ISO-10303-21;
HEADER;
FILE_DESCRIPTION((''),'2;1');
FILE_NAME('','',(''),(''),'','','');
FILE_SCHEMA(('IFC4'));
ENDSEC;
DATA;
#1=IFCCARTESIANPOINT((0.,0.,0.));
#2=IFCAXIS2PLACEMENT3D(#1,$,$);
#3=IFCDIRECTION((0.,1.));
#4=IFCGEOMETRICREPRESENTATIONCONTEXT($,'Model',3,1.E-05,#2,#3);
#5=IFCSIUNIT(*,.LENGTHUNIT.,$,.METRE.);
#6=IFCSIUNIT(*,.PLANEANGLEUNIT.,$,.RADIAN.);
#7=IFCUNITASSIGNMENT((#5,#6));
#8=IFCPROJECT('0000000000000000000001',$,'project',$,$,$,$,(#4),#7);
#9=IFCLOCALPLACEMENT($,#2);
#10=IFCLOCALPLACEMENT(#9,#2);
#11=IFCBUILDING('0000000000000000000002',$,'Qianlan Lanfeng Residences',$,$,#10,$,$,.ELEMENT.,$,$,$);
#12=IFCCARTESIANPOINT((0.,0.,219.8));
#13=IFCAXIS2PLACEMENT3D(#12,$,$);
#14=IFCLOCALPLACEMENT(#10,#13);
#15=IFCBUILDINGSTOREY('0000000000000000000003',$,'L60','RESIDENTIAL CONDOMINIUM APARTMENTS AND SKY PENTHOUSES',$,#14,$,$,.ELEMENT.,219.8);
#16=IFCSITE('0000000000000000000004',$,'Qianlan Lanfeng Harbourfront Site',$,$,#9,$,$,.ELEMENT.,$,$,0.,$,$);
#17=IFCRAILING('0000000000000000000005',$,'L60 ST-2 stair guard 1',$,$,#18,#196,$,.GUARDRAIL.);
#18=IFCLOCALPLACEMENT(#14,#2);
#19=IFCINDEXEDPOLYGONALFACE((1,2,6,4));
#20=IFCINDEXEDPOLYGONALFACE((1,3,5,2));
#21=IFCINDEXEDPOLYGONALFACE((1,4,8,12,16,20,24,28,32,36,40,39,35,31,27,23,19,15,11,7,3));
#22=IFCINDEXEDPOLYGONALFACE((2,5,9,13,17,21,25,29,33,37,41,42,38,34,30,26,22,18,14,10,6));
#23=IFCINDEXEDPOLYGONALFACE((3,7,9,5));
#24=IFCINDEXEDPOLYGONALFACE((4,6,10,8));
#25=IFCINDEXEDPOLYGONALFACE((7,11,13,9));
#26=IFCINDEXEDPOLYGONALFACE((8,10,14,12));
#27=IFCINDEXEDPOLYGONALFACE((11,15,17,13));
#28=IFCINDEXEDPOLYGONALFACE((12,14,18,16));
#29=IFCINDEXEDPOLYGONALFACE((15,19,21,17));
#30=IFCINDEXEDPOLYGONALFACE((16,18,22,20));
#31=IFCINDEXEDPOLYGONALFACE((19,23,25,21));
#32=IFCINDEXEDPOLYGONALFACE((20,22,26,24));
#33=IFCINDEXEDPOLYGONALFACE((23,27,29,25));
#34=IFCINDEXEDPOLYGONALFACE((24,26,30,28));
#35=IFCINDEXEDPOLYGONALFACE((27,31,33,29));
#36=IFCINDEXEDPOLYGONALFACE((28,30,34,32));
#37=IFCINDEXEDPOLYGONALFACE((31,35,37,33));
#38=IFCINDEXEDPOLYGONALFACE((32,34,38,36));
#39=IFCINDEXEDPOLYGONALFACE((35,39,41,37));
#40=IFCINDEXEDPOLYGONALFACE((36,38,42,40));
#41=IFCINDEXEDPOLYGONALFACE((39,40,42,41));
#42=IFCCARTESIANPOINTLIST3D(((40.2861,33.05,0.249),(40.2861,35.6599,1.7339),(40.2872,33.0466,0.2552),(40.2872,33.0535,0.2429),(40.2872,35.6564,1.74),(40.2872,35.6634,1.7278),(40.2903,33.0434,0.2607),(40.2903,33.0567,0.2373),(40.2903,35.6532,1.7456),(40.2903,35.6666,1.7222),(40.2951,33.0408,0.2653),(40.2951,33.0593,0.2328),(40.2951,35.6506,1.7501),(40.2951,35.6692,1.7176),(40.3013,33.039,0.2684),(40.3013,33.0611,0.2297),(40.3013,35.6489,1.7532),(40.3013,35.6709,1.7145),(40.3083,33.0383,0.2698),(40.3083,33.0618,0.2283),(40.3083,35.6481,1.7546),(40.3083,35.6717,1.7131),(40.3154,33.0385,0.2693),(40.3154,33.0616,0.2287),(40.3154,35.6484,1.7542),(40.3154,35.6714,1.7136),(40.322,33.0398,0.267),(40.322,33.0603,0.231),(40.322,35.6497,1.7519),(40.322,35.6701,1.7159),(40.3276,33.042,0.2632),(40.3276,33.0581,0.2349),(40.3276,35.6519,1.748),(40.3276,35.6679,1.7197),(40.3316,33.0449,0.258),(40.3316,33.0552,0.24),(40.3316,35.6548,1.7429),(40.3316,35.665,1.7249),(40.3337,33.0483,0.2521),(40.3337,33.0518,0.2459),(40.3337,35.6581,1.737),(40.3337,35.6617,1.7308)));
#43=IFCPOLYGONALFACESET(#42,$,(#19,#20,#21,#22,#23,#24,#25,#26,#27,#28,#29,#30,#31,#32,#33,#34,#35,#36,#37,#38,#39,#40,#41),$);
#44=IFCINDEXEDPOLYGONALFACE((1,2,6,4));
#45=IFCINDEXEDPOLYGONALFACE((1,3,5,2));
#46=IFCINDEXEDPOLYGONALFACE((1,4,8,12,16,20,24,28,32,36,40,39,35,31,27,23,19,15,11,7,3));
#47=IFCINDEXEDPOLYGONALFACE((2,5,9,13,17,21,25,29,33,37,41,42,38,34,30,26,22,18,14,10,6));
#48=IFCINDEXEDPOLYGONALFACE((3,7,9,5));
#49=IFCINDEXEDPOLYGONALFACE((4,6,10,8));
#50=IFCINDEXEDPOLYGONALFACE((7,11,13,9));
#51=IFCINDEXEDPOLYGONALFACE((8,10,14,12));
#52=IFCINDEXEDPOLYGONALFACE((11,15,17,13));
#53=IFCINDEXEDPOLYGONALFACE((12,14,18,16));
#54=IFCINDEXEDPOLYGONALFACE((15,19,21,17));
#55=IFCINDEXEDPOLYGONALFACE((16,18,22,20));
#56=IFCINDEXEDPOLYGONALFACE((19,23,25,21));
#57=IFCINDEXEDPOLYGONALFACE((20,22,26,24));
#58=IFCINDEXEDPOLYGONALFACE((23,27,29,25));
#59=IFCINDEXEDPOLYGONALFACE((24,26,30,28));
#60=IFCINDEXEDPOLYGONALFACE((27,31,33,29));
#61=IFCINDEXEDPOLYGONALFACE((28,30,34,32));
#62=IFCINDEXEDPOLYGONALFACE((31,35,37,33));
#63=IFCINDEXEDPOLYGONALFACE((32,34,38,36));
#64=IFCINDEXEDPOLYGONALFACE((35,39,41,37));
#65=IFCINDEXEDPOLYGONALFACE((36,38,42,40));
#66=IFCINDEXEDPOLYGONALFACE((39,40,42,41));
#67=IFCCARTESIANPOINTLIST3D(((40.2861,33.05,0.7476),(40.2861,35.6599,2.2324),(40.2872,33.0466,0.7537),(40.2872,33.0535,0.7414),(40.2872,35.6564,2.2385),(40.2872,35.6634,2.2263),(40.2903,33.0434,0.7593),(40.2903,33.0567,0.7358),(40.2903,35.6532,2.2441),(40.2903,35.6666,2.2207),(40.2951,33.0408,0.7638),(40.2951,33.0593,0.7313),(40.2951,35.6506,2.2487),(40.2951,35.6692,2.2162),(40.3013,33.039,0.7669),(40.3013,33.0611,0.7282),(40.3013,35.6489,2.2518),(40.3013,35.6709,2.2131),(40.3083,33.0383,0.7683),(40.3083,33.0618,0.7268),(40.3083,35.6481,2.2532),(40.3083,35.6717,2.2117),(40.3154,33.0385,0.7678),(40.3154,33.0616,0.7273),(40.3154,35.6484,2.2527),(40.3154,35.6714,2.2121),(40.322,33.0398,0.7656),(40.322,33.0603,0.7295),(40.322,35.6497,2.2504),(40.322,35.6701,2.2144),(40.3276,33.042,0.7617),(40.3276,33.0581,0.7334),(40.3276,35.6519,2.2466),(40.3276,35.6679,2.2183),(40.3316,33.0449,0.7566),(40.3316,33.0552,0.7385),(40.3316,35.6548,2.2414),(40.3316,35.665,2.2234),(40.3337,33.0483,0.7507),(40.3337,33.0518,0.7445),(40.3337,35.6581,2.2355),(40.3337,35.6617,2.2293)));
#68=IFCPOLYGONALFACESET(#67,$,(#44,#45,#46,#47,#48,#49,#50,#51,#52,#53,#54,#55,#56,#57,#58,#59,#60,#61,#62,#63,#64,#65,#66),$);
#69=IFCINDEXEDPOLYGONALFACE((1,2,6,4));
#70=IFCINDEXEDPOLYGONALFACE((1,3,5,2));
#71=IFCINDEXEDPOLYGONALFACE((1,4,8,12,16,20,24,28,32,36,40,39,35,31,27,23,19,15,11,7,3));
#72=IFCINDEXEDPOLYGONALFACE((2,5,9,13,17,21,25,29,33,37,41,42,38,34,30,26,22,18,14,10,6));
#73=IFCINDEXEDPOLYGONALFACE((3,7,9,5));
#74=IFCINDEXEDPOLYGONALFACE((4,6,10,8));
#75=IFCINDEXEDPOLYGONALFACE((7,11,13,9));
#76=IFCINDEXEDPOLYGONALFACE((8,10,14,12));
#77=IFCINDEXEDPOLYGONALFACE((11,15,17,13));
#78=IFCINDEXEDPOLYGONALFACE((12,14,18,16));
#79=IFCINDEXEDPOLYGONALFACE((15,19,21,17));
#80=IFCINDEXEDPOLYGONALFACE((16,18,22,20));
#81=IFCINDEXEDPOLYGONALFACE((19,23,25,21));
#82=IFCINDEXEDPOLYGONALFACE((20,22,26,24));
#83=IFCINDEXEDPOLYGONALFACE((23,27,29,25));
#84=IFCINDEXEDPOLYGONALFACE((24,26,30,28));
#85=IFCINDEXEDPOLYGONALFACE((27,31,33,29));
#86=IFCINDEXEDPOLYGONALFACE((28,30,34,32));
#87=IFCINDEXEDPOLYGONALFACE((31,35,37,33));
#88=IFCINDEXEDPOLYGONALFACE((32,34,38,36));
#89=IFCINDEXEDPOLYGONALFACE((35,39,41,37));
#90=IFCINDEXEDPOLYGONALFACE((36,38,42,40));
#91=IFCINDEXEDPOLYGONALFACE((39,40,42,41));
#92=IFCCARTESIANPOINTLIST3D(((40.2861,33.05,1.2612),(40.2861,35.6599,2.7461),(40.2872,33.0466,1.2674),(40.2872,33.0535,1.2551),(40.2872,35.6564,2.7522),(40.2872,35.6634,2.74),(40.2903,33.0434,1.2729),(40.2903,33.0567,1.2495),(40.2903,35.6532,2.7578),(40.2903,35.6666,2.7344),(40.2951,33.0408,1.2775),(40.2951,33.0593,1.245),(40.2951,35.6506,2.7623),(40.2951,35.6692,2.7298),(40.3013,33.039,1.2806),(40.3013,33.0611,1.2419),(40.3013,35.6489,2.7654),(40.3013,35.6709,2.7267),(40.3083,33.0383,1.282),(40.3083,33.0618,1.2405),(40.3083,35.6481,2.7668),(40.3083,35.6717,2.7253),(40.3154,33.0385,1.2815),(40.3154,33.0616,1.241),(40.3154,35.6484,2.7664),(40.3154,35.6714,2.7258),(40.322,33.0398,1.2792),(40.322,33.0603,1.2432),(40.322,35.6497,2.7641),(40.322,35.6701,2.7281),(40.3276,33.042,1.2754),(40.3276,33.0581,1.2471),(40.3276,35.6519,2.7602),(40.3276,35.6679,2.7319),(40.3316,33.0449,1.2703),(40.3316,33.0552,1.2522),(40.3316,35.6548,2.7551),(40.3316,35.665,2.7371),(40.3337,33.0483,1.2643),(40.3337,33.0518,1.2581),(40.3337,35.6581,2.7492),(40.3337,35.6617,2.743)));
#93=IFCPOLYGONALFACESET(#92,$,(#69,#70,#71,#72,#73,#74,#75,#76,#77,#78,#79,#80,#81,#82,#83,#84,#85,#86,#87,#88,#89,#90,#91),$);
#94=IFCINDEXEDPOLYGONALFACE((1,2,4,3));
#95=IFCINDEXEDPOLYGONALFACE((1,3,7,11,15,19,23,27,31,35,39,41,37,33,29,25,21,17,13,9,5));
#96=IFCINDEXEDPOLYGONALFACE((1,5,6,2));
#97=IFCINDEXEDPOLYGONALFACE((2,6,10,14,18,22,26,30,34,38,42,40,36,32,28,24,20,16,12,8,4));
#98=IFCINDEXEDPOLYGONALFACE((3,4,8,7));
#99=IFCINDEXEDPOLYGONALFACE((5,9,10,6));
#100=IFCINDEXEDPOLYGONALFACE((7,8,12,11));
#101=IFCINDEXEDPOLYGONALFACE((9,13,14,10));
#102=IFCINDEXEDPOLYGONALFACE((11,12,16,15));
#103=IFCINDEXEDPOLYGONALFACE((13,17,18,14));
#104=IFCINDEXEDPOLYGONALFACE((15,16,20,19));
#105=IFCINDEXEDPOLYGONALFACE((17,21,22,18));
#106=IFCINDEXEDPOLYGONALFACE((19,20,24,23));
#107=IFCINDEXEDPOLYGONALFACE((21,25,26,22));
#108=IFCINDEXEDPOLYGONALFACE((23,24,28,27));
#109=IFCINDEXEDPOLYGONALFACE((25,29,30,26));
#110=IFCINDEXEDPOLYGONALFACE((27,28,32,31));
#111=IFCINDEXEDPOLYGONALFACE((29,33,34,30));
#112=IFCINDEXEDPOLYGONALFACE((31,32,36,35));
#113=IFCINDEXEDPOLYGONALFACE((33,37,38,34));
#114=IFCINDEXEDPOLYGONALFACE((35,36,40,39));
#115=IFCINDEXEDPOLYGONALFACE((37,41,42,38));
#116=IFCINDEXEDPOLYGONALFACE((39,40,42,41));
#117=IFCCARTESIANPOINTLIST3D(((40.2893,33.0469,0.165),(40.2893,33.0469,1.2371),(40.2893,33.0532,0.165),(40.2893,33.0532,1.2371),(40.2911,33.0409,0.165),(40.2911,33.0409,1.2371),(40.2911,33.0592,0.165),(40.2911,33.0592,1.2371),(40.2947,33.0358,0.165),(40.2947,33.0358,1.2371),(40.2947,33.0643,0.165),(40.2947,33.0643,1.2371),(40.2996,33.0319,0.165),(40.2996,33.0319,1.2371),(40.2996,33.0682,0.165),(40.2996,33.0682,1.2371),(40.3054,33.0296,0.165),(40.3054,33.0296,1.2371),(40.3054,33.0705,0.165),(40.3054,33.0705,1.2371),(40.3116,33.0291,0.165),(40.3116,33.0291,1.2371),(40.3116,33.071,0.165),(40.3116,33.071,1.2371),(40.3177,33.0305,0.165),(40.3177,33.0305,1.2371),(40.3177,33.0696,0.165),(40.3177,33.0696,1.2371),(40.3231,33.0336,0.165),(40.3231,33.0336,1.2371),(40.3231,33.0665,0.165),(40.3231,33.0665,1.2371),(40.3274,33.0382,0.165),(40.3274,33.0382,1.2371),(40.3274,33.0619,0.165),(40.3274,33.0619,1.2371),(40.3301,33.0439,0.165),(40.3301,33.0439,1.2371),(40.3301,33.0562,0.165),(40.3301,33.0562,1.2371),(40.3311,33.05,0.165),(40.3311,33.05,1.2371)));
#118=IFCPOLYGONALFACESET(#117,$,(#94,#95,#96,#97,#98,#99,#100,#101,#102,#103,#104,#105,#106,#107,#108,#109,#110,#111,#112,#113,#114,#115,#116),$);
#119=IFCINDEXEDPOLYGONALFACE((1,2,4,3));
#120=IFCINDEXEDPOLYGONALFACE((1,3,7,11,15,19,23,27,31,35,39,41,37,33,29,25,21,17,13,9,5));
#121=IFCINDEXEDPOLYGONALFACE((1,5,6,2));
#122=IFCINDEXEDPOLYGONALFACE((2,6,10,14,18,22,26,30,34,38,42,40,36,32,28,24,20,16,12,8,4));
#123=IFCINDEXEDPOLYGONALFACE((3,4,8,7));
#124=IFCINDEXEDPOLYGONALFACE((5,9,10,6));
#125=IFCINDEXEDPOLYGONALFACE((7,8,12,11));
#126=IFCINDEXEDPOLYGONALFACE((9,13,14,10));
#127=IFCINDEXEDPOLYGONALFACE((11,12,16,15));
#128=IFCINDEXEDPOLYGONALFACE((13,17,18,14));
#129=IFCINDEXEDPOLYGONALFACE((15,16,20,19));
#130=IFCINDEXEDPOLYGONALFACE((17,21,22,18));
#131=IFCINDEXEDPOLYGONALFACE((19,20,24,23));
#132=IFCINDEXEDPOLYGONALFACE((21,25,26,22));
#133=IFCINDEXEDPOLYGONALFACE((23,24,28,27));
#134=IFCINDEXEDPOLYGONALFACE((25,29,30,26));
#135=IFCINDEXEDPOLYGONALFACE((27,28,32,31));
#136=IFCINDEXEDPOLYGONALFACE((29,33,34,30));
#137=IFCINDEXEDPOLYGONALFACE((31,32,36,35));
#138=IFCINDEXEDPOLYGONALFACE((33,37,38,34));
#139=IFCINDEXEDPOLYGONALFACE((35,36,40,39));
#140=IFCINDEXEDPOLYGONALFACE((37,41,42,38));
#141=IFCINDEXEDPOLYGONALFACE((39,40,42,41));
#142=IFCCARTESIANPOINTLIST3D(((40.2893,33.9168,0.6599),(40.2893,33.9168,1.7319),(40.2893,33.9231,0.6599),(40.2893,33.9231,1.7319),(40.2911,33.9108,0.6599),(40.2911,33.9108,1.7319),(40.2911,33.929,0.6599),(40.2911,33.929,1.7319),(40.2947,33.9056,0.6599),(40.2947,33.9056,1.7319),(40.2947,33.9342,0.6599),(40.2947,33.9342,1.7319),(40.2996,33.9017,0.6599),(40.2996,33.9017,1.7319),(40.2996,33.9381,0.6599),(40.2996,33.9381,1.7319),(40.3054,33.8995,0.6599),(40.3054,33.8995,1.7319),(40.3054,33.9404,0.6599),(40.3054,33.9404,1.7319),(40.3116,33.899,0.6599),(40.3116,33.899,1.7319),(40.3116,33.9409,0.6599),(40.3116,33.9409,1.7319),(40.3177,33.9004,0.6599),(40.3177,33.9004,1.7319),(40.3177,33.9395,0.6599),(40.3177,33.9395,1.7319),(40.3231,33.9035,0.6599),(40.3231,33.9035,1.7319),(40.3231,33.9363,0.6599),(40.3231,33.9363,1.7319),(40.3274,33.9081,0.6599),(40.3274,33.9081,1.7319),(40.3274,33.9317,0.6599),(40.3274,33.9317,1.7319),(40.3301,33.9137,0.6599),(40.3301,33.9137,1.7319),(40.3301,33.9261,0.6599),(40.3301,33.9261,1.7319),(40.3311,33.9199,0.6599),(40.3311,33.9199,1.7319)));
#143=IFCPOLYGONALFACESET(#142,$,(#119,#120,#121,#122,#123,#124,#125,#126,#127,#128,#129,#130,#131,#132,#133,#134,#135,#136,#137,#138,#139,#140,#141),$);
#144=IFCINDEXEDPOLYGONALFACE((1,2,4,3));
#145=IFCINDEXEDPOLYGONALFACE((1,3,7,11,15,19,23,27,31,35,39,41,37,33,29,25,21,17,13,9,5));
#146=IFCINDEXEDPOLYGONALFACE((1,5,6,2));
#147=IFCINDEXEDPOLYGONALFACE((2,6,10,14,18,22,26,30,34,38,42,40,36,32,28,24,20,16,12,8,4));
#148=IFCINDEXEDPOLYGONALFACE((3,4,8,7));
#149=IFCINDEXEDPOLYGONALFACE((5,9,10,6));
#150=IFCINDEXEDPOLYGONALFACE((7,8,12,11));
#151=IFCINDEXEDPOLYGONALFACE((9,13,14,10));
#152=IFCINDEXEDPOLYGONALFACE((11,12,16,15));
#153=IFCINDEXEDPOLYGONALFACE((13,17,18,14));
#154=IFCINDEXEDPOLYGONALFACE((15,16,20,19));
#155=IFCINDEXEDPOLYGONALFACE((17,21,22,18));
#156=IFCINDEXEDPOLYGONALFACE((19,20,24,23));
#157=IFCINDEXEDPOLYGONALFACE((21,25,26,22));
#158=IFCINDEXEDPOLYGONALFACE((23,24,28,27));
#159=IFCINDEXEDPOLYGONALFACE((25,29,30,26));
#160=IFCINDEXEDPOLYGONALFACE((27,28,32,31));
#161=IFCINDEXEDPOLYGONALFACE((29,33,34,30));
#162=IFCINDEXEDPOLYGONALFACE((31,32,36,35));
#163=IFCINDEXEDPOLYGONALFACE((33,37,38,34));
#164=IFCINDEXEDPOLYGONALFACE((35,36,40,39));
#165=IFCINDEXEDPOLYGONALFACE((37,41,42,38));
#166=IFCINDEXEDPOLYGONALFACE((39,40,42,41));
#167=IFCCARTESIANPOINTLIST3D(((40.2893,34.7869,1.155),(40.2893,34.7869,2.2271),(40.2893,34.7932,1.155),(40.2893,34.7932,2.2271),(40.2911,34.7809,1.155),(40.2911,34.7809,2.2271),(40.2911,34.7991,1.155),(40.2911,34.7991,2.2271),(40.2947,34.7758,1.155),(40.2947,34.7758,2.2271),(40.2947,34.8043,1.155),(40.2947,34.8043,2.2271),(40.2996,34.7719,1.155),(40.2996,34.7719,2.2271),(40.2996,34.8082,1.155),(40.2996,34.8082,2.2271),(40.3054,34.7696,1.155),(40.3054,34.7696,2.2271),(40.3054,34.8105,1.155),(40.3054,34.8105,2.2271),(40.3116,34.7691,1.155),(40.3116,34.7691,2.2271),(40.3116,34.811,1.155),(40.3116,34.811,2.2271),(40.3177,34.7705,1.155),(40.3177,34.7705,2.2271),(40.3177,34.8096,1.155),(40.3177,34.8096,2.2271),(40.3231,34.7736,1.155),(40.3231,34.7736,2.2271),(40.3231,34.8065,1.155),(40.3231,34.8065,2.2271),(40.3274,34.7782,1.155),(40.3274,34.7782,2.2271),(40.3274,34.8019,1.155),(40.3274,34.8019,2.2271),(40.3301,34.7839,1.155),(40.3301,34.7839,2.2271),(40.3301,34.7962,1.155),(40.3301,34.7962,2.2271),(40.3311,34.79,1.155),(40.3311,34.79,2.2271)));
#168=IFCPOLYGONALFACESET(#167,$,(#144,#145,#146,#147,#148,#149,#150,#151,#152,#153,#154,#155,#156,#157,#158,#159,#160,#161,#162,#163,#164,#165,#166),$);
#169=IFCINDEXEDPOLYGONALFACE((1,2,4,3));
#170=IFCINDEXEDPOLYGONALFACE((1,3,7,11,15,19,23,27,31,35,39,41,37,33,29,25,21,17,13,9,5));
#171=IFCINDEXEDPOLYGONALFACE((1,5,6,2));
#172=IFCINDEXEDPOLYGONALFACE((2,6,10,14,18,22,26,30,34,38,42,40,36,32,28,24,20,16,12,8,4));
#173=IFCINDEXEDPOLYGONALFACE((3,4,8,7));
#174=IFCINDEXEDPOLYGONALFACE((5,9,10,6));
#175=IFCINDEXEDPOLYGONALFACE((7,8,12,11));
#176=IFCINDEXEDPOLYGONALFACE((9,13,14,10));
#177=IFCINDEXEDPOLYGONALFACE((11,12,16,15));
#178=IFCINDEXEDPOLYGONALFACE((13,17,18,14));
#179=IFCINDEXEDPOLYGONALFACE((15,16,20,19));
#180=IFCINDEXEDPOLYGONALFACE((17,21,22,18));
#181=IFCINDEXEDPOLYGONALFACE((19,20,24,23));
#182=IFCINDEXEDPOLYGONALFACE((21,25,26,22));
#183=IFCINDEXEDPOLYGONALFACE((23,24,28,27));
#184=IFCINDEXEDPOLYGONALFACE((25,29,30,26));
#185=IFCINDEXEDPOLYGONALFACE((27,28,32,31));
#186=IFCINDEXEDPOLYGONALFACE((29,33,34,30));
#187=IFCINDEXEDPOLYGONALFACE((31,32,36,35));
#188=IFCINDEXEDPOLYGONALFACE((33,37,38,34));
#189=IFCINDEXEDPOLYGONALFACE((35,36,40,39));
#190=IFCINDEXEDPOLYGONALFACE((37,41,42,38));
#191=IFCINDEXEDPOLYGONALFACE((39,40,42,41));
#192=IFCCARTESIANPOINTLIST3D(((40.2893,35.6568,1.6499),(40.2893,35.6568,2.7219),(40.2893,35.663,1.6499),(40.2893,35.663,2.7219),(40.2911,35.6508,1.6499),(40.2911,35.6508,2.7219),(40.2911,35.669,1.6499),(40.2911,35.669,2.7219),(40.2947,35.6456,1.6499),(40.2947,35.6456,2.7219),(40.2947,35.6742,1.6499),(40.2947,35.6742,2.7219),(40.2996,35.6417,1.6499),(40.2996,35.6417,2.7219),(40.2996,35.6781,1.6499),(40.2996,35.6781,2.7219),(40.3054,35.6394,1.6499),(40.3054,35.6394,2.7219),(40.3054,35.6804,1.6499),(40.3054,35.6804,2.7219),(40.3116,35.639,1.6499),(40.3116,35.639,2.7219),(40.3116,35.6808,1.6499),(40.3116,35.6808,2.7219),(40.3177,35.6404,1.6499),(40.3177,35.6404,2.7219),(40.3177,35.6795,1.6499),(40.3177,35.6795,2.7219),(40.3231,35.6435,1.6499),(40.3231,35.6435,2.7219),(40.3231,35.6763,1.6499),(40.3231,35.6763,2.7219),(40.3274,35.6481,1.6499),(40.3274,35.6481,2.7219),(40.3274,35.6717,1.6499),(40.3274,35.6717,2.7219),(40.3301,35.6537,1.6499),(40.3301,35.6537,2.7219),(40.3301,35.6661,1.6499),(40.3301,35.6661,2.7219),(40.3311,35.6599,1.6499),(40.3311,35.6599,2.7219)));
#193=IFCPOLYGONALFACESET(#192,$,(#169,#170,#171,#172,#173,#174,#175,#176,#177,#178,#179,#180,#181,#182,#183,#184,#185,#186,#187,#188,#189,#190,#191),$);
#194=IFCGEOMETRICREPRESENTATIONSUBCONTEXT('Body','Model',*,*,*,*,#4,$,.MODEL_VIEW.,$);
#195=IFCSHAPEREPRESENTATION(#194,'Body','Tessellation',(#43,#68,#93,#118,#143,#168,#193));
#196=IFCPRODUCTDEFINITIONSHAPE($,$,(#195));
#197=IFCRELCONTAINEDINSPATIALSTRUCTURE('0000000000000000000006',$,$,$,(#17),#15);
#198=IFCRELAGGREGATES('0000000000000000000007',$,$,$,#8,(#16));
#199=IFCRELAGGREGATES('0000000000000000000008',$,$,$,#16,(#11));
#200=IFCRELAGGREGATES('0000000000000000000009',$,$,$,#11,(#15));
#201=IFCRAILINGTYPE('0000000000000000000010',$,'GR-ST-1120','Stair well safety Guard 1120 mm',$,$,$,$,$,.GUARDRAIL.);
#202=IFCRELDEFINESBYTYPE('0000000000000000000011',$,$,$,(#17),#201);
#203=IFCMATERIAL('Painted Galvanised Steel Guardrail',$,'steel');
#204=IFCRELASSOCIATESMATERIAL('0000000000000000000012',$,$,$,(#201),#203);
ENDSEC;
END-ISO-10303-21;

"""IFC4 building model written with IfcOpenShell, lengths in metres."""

from ifc_helpers import new_model, si_unit, direction, frame, origin, origin_2d, place, context, subcontext, project, spatial, circle, extrude, material, type_object, element, save


model = new_model("IFC4")

# Units and contexts
model_context = context("Model", 3, precision=1e-05, world=origin(), true_north=direction((0.0, 1.0)))
body_context = subcontext(model_context, "Body", "Model", "MODEL_VIEW")
ifc_project = project(units=[si_unit("LENGTHUNIT", "METRE"), si_unit("PLANEANGLEUNIT", "RADIAN")], contexts=[model_context])

# Site, building, storey
site_placement = place(None, origin())
site = spatial("IfcSite", under=ifc_project, at=site_placement, Name="Qianlan Lanfeng Harbourfront Site", CompositionType="ELEMENT", RefElevation=0.0)
building_placement = place(site_placement, origin())
building = spatial("IfcBuilding", under=site, at=building_placement, Name="Qianlan Lanfeng Residences", CompositionType="ELEMENT")
storey_placement = place(building_placement, frame((0.0, 0.0, 219.8)))
storey = spatial("IfcBuildingStorey", under=building, at=storey_placement, Name="L60", Description="RESIDENTIAL CONDOMINIUM APARTMENTS AND SKY PENTHOUSES", CompositionType="ELEMENT", Elevation=219.8)

# Railing
ifc_material_1 = material(Name="Painted Galvanised Steel Guardrail", Category="steel")
railing_type_1 = type_object("IfcRailingType", Name="GR-ST-1120", Description="Stair well safety Guard 1120 mm", PredefinedType="GUARDRAIL", material=ifc_material_1)
railing_1_placement = place(storey_placement, frame((40.3101, 33.05, 0.165)))
element("IfcRailing", 1, at=railing_1_placement, inside=storey, type_object=railing_type_1, Name="L60 ST-2 stair guard 1", PredefinedType="GUARDRAIL", context=body_context, shape_type="SweptSolid", body=[
    extrude(circle(Radius=0.0239, at=origin_2d()), frame((0.0, 0.0, 0.084), z_axis=(0.0, 0.869172, 0.494509), x_axis=(-1.0, 0.0, 0.0)), (0.0, 0.0, 1.0), 3.0027),
    extrude(circle(Radius=0.0239, at=origin_2d()), frame((0.0, 0.0, 0.5825), z_axis=(0.0, 0.869172, 0.494509), x_axis=(-1.0, 0.0, 0.0)), (0.0, 0.0, 1.0), 3.0027),
    extrude(circle(Radius=0.0239, at=origin_2d()), frame((0.0, 0.0, 1.0962), z_axis=(0.0, 0.869172, 0.494509), x_axis=(-1.0, 0.0, 0.0)), (0.0, 0.0, 1.0), 3.0027),
    extrude(circle(Radius=0.021, at=origin_2d()), origin(), (0.0, 0.0, 1.0), 1.072),
    extrude(circle(Radius=0.021, at=origin_2d()), frame((0.0, 0.8699, 0.4949)), (0.0, 0.0, 1.0), 1.072),
    extrude(circle(Radius=0.021, at=origin_2d()), frame((0.0, 1.74, 0.99)), (0.0, 0.0, 1.0), 1.072),
    extrude(circle(Radius=0.021, at=origin_2d()), frame((0.0, 2.6099, 1.4849)), (0.0, 0.0, 1.0), 1.072),
])

save(model, "model.ifc")
